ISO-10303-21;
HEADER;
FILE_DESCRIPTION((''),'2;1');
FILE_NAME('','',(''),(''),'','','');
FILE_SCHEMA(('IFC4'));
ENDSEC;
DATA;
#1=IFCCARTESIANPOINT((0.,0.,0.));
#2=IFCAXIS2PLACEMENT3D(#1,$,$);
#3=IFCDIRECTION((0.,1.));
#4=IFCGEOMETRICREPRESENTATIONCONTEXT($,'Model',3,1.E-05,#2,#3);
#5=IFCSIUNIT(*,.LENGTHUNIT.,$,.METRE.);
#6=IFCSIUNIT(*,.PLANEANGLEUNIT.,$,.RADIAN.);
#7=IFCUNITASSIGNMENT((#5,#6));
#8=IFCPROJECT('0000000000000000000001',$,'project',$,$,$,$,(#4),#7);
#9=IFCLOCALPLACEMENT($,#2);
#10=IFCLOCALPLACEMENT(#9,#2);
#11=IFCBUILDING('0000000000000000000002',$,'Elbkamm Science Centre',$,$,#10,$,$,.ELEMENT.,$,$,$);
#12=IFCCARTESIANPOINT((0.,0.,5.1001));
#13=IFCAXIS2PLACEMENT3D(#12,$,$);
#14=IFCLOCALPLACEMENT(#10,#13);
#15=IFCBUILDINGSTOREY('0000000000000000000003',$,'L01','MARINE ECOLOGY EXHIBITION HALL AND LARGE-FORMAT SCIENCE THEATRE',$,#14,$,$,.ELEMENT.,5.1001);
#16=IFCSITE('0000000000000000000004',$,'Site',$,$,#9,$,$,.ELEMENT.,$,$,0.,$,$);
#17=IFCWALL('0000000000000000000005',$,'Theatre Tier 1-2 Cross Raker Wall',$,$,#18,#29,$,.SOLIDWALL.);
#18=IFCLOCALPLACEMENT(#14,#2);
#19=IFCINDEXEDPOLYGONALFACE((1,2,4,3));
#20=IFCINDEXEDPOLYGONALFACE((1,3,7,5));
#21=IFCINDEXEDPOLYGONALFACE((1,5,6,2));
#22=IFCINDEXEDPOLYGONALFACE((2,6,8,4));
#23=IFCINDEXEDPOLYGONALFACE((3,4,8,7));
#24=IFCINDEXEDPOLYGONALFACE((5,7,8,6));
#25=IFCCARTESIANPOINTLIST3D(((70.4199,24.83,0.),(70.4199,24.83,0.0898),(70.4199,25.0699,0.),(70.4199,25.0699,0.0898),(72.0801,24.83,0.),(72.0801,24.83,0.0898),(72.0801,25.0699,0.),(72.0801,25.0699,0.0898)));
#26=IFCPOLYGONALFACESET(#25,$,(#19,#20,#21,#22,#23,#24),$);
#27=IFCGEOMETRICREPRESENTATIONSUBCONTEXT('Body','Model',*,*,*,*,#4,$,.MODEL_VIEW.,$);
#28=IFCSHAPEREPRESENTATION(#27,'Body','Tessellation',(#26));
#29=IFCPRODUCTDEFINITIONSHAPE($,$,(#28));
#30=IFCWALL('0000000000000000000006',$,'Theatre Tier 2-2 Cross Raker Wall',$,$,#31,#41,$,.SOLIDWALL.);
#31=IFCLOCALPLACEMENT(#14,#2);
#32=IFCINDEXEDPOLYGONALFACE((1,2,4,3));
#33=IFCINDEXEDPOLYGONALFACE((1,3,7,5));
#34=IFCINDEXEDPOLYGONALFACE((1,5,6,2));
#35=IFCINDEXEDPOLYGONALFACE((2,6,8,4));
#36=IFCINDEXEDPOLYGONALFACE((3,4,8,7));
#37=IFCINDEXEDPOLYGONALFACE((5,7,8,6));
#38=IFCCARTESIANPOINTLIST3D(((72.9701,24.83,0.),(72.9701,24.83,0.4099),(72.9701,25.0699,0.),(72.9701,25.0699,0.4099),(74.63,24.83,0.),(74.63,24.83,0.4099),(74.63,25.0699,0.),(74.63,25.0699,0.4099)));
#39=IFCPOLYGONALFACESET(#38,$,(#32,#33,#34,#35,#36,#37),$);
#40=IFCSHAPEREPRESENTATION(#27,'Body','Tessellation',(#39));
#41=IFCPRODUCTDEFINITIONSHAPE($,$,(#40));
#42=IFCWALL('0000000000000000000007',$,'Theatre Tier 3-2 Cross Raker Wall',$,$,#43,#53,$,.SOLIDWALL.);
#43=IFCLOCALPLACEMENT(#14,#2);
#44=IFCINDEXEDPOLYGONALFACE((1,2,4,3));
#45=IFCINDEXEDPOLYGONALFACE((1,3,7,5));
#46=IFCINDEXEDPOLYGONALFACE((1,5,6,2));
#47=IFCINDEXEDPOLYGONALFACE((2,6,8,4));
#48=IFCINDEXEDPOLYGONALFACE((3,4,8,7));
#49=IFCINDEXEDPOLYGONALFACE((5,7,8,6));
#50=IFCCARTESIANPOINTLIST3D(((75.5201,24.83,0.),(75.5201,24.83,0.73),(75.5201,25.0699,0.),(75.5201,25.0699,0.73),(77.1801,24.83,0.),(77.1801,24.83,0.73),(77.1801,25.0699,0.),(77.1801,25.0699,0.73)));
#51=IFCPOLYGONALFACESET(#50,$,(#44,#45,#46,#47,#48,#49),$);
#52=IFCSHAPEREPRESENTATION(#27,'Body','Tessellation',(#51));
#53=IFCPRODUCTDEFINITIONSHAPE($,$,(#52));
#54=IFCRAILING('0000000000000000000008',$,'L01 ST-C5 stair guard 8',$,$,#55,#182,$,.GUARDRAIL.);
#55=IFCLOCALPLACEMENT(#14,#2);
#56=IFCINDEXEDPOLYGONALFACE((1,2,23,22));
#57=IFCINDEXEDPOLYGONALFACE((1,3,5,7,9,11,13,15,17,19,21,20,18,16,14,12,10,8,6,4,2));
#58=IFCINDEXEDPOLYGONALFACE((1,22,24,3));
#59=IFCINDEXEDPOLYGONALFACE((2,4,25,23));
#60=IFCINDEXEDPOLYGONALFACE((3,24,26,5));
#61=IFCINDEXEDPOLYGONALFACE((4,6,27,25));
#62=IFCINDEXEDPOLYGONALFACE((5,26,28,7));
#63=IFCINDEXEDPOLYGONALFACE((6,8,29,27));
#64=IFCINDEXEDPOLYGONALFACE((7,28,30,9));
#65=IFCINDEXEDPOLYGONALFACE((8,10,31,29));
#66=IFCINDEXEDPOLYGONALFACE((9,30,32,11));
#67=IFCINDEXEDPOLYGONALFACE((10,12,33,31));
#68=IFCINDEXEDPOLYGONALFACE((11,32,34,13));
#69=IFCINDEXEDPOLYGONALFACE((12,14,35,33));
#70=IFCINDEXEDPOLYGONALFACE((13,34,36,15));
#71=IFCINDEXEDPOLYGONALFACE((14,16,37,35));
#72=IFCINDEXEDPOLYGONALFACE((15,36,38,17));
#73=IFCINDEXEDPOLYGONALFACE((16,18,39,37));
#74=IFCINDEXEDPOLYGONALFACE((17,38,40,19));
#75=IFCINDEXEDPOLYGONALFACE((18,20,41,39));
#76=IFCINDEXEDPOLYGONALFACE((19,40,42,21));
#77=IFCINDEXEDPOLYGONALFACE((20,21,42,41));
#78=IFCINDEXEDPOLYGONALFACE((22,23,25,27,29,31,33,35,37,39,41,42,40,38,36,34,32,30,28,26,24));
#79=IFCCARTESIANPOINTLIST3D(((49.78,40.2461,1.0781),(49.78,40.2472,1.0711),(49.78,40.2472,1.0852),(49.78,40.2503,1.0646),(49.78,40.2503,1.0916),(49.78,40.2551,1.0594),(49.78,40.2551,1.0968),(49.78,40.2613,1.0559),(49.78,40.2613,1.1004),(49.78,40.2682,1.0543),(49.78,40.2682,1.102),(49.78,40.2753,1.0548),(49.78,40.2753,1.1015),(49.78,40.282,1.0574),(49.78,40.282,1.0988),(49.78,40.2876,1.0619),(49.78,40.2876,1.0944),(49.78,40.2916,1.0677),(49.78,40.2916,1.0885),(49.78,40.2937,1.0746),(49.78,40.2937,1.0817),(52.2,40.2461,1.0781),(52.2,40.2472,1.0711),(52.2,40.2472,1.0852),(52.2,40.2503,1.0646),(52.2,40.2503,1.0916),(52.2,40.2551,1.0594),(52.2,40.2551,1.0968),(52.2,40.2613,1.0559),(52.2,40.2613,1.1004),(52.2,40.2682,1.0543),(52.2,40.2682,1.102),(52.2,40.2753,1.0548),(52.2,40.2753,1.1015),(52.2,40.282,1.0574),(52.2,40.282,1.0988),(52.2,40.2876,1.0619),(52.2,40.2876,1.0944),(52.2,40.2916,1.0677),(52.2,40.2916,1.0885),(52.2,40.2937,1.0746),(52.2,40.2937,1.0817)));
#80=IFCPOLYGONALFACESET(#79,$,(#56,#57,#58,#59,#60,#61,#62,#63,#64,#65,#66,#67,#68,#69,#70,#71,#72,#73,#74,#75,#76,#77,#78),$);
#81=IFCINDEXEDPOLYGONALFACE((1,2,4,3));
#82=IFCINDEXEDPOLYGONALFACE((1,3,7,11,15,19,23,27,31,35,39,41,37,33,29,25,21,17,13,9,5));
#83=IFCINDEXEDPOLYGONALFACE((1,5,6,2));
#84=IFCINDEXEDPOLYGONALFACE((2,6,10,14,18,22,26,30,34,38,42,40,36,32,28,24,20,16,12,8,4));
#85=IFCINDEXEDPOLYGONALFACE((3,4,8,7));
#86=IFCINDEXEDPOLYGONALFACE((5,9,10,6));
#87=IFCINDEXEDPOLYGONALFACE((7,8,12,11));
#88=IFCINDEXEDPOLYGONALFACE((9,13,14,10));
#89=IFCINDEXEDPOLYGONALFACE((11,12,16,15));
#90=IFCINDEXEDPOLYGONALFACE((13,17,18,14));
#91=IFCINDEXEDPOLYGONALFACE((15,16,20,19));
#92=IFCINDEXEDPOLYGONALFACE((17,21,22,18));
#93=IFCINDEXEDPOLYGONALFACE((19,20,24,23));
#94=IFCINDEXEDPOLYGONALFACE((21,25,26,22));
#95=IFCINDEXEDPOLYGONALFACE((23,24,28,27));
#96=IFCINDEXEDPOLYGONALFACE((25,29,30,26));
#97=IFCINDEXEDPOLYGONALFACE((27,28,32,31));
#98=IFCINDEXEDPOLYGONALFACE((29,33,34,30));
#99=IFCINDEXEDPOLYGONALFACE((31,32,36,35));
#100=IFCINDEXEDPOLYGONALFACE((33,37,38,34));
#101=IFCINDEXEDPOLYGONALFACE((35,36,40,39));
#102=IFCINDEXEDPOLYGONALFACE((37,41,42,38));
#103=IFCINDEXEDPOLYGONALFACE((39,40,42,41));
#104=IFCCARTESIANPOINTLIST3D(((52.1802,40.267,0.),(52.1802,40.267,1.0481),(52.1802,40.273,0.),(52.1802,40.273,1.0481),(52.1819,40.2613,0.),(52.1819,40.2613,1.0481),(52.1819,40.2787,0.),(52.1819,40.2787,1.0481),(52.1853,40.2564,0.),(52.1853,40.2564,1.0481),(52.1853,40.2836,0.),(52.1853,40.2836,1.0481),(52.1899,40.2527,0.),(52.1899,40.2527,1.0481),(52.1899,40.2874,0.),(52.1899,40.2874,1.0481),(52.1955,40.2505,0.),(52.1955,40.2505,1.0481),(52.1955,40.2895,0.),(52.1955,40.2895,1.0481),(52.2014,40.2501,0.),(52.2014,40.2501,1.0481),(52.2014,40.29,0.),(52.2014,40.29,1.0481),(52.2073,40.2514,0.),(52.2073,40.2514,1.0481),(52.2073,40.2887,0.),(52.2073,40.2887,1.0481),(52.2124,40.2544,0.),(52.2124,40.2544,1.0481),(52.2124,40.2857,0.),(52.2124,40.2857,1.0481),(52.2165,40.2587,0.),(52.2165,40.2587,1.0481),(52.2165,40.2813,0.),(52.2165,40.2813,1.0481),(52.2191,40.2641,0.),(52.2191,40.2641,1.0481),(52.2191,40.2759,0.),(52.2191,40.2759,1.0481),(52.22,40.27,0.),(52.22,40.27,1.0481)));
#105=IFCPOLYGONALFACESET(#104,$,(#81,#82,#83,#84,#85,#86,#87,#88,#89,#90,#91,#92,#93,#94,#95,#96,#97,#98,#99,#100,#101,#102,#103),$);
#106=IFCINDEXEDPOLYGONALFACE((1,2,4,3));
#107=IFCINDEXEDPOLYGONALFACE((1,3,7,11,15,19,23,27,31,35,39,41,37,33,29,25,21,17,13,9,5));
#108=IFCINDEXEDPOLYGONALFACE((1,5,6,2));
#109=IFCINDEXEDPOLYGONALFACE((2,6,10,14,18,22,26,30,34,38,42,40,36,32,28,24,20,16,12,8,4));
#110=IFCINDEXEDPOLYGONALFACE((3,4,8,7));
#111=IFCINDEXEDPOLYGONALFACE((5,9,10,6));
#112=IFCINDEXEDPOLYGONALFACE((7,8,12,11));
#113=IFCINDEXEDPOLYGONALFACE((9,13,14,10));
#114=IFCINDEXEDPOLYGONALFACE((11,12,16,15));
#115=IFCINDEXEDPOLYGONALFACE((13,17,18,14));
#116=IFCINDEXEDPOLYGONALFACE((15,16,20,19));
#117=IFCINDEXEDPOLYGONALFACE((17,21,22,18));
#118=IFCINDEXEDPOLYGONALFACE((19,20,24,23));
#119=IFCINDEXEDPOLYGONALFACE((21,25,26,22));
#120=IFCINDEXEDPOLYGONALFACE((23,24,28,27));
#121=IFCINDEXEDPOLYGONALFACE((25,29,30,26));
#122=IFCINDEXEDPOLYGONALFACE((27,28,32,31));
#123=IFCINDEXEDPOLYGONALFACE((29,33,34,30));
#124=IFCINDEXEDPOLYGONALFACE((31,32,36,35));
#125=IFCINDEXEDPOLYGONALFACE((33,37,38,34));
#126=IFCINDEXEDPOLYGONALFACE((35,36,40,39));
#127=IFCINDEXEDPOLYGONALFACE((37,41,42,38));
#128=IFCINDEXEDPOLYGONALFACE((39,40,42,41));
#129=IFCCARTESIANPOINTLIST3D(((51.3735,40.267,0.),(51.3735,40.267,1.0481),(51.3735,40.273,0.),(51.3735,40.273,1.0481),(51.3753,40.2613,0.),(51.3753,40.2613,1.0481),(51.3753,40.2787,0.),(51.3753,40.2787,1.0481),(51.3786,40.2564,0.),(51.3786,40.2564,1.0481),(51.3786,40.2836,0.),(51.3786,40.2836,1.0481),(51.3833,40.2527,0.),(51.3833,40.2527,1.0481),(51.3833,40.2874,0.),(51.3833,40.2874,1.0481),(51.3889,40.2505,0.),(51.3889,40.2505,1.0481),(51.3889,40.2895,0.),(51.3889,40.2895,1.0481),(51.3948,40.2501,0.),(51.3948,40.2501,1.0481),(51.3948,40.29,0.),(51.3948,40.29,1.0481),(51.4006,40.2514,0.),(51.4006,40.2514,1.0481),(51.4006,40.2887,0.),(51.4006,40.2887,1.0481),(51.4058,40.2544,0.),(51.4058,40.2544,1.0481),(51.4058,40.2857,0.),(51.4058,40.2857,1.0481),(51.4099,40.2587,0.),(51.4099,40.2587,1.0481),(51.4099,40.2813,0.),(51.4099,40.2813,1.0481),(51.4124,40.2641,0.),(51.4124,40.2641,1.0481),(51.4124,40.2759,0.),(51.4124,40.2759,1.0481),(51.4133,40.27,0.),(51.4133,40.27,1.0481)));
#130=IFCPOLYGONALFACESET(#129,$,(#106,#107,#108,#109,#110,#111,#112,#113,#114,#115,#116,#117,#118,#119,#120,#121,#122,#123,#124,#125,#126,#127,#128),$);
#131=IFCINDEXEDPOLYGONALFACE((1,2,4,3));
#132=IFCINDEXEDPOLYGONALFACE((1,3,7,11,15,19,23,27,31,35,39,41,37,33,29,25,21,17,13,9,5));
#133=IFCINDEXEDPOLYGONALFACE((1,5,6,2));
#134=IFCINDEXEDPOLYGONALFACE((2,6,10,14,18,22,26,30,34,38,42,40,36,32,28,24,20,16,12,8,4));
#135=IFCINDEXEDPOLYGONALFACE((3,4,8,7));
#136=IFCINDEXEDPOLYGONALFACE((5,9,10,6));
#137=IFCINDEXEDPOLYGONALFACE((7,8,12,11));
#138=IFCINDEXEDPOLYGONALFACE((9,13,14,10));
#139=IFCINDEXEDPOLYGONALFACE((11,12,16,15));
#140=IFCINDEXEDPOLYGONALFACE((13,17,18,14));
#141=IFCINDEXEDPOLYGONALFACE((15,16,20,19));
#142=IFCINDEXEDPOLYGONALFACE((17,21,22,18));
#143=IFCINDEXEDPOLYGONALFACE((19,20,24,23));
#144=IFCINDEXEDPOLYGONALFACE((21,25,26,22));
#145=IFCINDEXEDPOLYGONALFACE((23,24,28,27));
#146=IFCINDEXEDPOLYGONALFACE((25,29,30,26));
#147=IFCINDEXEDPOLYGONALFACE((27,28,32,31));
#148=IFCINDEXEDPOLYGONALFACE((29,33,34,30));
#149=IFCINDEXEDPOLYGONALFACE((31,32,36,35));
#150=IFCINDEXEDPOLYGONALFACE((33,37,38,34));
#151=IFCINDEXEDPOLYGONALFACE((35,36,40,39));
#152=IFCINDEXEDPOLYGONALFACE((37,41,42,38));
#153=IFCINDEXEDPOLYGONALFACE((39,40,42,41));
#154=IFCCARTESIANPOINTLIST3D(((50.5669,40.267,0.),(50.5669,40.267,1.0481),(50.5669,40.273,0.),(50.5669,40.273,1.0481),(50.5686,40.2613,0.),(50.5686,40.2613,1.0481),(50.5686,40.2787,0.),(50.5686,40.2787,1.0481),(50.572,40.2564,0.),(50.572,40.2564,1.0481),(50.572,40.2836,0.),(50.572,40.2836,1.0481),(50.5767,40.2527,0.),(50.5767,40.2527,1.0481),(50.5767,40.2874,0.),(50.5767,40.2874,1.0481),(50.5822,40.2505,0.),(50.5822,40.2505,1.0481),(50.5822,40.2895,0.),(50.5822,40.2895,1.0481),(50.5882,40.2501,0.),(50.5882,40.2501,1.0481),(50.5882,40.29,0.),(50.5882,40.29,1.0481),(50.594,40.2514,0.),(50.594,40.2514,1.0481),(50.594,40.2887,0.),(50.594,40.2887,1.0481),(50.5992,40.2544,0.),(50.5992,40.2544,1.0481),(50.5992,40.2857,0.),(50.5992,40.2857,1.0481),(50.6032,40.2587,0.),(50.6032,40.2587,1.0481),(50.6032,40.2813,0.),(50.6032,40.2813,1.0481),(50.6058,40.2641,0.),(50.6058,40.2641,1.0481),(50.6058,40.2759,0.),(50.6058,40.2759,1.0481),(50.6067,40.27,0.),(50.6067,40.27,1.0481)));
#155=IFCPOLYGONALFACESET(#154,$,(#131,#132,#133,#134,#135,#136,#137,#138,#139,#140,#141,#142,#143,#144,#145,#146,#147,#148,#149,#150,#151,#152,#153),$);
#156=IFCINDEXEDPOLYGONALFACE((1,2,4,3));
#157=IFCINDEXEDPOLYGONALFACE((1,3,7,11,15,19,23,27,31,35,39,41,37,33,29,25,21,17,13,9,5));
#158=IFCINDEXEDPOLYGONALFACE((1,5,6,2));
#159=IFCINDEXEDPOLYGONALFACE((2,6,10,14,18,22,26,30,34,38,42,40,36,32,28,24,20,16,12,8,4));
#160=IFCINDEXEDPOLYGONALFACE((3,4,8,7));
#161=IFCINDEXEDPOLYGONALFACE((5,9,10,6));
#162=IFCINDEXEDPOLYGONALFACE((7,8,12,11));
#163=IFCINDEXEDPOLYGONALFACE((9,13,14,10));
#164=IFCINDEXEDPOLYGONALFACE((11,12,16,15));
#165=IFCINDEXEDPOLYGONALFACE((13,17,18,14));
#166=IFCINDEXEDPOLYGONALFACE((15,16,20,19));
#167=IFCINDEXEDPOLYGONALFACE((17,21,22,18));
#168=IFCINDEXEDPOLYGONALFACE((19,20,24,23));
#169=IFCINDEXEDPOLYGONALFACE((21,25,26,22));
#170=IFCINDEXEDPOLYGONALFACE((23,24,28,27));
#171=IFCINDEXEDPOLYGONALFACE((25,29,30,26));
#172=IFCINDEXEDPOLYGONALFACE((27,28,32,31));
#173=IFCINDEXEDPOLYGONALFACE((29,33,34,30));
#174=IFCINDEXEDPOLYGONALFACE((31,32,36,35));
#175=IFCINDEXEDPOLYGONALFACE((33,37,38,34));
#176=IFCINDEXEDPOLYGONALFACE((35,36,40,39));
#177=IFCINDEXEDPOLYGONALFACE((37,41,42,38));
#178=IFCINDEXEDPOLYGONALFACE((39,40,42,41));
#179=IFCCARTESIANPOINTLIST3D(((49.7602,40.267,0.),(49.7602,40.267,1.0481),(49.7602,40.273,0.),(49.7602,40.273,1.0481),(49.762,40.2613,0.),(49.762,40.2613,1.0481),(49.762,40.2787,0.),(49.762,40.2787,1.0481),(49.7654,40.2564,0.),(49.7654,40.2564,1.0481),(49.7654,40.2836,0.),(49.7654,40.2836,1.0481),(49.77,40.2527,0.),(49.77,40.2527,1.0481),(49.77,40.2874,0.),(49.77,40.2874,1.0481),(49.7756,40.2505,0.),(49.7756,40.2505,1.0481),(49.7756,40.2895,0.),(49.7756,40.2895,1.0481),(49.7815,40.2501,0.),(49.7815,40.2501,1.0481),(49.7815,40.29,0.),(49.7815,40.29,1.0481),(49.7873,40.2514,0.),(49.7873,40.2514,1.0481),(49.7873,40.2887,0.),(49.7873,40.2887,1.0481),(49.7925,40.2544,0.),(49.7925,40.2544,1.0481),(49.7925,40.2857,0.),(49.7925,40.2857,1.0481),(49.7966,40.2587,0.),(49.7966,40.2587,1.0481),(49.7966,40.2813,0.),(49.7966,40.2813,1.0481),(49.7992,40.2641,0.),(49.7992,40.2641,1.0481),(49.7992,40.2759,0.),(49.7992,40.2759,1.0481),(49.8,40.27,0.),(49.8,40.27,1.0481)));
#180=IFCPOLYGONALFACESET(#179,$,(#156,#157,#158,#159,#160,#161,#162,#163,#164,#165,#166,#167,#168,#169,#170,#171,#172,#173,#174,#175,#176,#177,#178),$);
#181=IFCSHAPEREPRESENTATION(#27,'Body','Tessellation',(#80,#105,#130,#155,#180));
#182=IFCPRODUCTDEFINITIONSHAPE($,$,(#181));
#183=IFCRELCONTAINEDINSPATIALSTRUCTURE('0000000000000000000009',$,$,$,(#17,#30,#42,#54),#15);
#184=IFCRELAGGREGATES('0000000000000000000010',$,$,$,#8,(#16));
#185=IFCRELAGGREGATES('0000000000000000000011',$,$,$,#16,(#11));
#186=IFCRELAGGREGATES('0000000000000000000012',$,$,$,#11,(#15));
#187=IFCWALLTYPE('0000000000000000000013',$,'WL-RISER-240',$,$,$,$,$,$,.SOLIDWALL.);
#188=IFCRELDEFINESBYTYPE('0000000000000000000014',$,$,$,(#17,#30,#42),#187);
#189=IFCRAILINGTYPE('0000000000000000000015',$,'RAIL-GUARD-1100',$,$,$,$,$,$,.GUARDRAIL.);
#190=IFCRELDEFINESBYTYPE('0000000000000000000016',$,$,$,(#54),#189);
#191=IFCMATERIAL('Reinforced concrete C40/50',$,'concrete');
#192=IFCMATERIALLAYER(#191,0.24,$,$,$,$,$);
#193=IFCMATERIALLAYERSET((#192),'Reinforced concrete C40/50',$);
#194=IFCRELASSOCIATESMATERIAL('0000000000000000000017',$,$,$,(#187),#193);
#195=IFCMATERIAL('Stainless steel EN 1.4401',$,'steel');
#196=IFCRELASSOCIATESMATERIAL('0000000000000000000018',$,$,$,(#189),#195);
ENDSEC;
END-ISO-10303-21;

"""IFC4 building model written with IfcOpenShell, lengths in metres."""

from ifc_helpers import new_model, si_unit, direction, frame, frame_2d, origin, origin_2d, place, context, subcontext, project, spatial, rectangle, circle, extrude, material, layer, layer_set, type_object, element, save


model = new_model("IFC4")

# Units and contexts
model_context = context("Model", 3, precision=1e-05, world=origin(), true_north=direction((0.0, 1.0)))
body_context = subcontext(model_context, "Body", "Model", "MODEL_VIEW")
ifc_project = project(units=[si_unit("LENGTHUNIT", "METRE"), si_unit("PLANEANGLEUNIT", "RADIAN")], contexts=[model_context])

# Site, building, storey
site_placement = place(None, origin())
site = spatial("IfcSite", under=ifc_project, at=site_placement, Name="Site", CompositionType="ELEMENT", RefElevation=0.0)
building_placement = place(site_placement, origin())
building = spatial("IfcBuilding", under=site, at=building_placement, Name="Elbkamm Science Centre", CompositionType="ELEMENT")
storey_placement = place(building_placement, frame((0.0, 0.0, 5.1001)))
storey = spatial("IfcBuildingStorey", under=building, at=storey_placement, Name="L01", Description="MARINE ECOLOGY EXHIBITION HALL AND LARGE-FORMAT SCIENCE THEATRE", CompositionType="ELEMENT", Elevation=5.1001)

# Shared definitions
ifc_material_1 = material(Name="Reinforced concrete C40/50", Category="concrete")

# Walls
ifc_layer_1 = layer(ifc_material_1, 0.24)
ifc_layer_set_1 = layer_set([ifc_layer_1], Name="Reinforced concrete C40/50")
wall_type_1 = type_object("IfcWallType", Name="WL-RISER-240", PredefinedType="SOLIDWALL", material=ifc_layer_set_1)
wall_1_placement = place(storey_placement, frame((70.4199, 24.95, 0.0), z_axis=(0.0, 0.0, 1.0), x_axis=(1.0, 0.0, 0.0)))
element("IfcWall", 1, at=wall_1_placement, inside=storey, type_object=wall_type_1, Name="Theatre Tier 1-2 Cross Raker Wall", PredefinedType="SOLIDWALL", context=body_context, shape_type="SweptSolid", body=[
    extrude(rectangle(XDim=1.6602, YDim=0.24, at=frame_2d((0.8301, 0.0))), origin(), (0.0, 0.0, 1.0), 0.0898),
])
wall_2_placement = place(storey_placement, frame((72.97, 24.95, 0.0), z_axis=(0.0, 0.0, 1.0), x_axis=(1.0, 0.0, 0.0)))
element("IfcWall", 2, at=wall_2_placement, inside=storey, type_object=wall_type_1, Name="Theatre Tier 2-2 Cross Raker Wall", PredefinedType="SOLIDWALL", context=body_context, shape_type="SweptSolid", body=[
    extrude(rectangle(XDim=1.6599, YDim=0.24, at=frame_2d((0.8301, 0.0))), origin(), (0.0, 0.0, 1.0), 0.4099),
])
wall_3_placement = place(storey_placement, frame((75.52, 24.95, 0.0), z_axis=(0.0, 0.0, 1.0), x_axis=(1.0, 0.0, 0.0)))
element("IfcWall", 3, at=wall_3_placement, inside=storey, type_object=wall_type_1, Name="Theatre Tier 3-2 Cross Raker Wall", PredefinedType="SOLIDWALL", context=body_context, shape_type="SweptSolid", body=[
    extrude(rectangle(XDim=1.6599, YDim=0.24, at=frame_2d((0.8301, 0.0))), origin(), (0.0, 0.0, 1.0), 0.73),
])

# Railing
ifc_material_2 = material(Name="Stainless steel EN 1.4401", Category="steel")
railing_type = type_object("IfcRailingType", Name="RAIL-GUARD-1100", PredefinedType="GUARDRAIL", material=ifc_material_2)
for number, where, name in (
    (4, (52.2, 40.27, 0.0), "L01 ST-C5 stair guard 8"),
):
    element("IfcRailing", number, at=place(storey_placement, frame(where)), inside=storey, type_object=railing_type, Name=name, PredefinedType="GUARDRAIL", context=body_context, shape_type="SweptSolid", body=[
        extrude(circle(Radius=0.0239, at=origin_2d()), frame((0.0, 0.0, 1.0781), z_axis=(-1.0, 0.0, 0.0), x_axis=(0.0, -1.0, 0.0)), (0.0, 0.0, 1.0), 2.4199),
        extrude(circle(Radius=0.02, at=origin_2d()), origin(), (0.0, 0.0, 1.0), 1.0481),
        extrude(circle(Radius=0.02, at=origin_2d()), frame((-0.8066, 0.0, 0.0)), (0.0, 0.0, 1.0), 1.0481),
        extrude(circle(Radius=0.02, at=origin_2d()), frame((-1.6133, 0.0, 0.0)), (0.0, 0.0, 1.0), 1.0481),
        extrude(circle(Radius=0.02, at=origin_2d()), frame((-2.4199, 0.0, 0.0)), (0.0, 0.0, 1.0), 1.0481),
    ])

save(model, "model.ifc")
